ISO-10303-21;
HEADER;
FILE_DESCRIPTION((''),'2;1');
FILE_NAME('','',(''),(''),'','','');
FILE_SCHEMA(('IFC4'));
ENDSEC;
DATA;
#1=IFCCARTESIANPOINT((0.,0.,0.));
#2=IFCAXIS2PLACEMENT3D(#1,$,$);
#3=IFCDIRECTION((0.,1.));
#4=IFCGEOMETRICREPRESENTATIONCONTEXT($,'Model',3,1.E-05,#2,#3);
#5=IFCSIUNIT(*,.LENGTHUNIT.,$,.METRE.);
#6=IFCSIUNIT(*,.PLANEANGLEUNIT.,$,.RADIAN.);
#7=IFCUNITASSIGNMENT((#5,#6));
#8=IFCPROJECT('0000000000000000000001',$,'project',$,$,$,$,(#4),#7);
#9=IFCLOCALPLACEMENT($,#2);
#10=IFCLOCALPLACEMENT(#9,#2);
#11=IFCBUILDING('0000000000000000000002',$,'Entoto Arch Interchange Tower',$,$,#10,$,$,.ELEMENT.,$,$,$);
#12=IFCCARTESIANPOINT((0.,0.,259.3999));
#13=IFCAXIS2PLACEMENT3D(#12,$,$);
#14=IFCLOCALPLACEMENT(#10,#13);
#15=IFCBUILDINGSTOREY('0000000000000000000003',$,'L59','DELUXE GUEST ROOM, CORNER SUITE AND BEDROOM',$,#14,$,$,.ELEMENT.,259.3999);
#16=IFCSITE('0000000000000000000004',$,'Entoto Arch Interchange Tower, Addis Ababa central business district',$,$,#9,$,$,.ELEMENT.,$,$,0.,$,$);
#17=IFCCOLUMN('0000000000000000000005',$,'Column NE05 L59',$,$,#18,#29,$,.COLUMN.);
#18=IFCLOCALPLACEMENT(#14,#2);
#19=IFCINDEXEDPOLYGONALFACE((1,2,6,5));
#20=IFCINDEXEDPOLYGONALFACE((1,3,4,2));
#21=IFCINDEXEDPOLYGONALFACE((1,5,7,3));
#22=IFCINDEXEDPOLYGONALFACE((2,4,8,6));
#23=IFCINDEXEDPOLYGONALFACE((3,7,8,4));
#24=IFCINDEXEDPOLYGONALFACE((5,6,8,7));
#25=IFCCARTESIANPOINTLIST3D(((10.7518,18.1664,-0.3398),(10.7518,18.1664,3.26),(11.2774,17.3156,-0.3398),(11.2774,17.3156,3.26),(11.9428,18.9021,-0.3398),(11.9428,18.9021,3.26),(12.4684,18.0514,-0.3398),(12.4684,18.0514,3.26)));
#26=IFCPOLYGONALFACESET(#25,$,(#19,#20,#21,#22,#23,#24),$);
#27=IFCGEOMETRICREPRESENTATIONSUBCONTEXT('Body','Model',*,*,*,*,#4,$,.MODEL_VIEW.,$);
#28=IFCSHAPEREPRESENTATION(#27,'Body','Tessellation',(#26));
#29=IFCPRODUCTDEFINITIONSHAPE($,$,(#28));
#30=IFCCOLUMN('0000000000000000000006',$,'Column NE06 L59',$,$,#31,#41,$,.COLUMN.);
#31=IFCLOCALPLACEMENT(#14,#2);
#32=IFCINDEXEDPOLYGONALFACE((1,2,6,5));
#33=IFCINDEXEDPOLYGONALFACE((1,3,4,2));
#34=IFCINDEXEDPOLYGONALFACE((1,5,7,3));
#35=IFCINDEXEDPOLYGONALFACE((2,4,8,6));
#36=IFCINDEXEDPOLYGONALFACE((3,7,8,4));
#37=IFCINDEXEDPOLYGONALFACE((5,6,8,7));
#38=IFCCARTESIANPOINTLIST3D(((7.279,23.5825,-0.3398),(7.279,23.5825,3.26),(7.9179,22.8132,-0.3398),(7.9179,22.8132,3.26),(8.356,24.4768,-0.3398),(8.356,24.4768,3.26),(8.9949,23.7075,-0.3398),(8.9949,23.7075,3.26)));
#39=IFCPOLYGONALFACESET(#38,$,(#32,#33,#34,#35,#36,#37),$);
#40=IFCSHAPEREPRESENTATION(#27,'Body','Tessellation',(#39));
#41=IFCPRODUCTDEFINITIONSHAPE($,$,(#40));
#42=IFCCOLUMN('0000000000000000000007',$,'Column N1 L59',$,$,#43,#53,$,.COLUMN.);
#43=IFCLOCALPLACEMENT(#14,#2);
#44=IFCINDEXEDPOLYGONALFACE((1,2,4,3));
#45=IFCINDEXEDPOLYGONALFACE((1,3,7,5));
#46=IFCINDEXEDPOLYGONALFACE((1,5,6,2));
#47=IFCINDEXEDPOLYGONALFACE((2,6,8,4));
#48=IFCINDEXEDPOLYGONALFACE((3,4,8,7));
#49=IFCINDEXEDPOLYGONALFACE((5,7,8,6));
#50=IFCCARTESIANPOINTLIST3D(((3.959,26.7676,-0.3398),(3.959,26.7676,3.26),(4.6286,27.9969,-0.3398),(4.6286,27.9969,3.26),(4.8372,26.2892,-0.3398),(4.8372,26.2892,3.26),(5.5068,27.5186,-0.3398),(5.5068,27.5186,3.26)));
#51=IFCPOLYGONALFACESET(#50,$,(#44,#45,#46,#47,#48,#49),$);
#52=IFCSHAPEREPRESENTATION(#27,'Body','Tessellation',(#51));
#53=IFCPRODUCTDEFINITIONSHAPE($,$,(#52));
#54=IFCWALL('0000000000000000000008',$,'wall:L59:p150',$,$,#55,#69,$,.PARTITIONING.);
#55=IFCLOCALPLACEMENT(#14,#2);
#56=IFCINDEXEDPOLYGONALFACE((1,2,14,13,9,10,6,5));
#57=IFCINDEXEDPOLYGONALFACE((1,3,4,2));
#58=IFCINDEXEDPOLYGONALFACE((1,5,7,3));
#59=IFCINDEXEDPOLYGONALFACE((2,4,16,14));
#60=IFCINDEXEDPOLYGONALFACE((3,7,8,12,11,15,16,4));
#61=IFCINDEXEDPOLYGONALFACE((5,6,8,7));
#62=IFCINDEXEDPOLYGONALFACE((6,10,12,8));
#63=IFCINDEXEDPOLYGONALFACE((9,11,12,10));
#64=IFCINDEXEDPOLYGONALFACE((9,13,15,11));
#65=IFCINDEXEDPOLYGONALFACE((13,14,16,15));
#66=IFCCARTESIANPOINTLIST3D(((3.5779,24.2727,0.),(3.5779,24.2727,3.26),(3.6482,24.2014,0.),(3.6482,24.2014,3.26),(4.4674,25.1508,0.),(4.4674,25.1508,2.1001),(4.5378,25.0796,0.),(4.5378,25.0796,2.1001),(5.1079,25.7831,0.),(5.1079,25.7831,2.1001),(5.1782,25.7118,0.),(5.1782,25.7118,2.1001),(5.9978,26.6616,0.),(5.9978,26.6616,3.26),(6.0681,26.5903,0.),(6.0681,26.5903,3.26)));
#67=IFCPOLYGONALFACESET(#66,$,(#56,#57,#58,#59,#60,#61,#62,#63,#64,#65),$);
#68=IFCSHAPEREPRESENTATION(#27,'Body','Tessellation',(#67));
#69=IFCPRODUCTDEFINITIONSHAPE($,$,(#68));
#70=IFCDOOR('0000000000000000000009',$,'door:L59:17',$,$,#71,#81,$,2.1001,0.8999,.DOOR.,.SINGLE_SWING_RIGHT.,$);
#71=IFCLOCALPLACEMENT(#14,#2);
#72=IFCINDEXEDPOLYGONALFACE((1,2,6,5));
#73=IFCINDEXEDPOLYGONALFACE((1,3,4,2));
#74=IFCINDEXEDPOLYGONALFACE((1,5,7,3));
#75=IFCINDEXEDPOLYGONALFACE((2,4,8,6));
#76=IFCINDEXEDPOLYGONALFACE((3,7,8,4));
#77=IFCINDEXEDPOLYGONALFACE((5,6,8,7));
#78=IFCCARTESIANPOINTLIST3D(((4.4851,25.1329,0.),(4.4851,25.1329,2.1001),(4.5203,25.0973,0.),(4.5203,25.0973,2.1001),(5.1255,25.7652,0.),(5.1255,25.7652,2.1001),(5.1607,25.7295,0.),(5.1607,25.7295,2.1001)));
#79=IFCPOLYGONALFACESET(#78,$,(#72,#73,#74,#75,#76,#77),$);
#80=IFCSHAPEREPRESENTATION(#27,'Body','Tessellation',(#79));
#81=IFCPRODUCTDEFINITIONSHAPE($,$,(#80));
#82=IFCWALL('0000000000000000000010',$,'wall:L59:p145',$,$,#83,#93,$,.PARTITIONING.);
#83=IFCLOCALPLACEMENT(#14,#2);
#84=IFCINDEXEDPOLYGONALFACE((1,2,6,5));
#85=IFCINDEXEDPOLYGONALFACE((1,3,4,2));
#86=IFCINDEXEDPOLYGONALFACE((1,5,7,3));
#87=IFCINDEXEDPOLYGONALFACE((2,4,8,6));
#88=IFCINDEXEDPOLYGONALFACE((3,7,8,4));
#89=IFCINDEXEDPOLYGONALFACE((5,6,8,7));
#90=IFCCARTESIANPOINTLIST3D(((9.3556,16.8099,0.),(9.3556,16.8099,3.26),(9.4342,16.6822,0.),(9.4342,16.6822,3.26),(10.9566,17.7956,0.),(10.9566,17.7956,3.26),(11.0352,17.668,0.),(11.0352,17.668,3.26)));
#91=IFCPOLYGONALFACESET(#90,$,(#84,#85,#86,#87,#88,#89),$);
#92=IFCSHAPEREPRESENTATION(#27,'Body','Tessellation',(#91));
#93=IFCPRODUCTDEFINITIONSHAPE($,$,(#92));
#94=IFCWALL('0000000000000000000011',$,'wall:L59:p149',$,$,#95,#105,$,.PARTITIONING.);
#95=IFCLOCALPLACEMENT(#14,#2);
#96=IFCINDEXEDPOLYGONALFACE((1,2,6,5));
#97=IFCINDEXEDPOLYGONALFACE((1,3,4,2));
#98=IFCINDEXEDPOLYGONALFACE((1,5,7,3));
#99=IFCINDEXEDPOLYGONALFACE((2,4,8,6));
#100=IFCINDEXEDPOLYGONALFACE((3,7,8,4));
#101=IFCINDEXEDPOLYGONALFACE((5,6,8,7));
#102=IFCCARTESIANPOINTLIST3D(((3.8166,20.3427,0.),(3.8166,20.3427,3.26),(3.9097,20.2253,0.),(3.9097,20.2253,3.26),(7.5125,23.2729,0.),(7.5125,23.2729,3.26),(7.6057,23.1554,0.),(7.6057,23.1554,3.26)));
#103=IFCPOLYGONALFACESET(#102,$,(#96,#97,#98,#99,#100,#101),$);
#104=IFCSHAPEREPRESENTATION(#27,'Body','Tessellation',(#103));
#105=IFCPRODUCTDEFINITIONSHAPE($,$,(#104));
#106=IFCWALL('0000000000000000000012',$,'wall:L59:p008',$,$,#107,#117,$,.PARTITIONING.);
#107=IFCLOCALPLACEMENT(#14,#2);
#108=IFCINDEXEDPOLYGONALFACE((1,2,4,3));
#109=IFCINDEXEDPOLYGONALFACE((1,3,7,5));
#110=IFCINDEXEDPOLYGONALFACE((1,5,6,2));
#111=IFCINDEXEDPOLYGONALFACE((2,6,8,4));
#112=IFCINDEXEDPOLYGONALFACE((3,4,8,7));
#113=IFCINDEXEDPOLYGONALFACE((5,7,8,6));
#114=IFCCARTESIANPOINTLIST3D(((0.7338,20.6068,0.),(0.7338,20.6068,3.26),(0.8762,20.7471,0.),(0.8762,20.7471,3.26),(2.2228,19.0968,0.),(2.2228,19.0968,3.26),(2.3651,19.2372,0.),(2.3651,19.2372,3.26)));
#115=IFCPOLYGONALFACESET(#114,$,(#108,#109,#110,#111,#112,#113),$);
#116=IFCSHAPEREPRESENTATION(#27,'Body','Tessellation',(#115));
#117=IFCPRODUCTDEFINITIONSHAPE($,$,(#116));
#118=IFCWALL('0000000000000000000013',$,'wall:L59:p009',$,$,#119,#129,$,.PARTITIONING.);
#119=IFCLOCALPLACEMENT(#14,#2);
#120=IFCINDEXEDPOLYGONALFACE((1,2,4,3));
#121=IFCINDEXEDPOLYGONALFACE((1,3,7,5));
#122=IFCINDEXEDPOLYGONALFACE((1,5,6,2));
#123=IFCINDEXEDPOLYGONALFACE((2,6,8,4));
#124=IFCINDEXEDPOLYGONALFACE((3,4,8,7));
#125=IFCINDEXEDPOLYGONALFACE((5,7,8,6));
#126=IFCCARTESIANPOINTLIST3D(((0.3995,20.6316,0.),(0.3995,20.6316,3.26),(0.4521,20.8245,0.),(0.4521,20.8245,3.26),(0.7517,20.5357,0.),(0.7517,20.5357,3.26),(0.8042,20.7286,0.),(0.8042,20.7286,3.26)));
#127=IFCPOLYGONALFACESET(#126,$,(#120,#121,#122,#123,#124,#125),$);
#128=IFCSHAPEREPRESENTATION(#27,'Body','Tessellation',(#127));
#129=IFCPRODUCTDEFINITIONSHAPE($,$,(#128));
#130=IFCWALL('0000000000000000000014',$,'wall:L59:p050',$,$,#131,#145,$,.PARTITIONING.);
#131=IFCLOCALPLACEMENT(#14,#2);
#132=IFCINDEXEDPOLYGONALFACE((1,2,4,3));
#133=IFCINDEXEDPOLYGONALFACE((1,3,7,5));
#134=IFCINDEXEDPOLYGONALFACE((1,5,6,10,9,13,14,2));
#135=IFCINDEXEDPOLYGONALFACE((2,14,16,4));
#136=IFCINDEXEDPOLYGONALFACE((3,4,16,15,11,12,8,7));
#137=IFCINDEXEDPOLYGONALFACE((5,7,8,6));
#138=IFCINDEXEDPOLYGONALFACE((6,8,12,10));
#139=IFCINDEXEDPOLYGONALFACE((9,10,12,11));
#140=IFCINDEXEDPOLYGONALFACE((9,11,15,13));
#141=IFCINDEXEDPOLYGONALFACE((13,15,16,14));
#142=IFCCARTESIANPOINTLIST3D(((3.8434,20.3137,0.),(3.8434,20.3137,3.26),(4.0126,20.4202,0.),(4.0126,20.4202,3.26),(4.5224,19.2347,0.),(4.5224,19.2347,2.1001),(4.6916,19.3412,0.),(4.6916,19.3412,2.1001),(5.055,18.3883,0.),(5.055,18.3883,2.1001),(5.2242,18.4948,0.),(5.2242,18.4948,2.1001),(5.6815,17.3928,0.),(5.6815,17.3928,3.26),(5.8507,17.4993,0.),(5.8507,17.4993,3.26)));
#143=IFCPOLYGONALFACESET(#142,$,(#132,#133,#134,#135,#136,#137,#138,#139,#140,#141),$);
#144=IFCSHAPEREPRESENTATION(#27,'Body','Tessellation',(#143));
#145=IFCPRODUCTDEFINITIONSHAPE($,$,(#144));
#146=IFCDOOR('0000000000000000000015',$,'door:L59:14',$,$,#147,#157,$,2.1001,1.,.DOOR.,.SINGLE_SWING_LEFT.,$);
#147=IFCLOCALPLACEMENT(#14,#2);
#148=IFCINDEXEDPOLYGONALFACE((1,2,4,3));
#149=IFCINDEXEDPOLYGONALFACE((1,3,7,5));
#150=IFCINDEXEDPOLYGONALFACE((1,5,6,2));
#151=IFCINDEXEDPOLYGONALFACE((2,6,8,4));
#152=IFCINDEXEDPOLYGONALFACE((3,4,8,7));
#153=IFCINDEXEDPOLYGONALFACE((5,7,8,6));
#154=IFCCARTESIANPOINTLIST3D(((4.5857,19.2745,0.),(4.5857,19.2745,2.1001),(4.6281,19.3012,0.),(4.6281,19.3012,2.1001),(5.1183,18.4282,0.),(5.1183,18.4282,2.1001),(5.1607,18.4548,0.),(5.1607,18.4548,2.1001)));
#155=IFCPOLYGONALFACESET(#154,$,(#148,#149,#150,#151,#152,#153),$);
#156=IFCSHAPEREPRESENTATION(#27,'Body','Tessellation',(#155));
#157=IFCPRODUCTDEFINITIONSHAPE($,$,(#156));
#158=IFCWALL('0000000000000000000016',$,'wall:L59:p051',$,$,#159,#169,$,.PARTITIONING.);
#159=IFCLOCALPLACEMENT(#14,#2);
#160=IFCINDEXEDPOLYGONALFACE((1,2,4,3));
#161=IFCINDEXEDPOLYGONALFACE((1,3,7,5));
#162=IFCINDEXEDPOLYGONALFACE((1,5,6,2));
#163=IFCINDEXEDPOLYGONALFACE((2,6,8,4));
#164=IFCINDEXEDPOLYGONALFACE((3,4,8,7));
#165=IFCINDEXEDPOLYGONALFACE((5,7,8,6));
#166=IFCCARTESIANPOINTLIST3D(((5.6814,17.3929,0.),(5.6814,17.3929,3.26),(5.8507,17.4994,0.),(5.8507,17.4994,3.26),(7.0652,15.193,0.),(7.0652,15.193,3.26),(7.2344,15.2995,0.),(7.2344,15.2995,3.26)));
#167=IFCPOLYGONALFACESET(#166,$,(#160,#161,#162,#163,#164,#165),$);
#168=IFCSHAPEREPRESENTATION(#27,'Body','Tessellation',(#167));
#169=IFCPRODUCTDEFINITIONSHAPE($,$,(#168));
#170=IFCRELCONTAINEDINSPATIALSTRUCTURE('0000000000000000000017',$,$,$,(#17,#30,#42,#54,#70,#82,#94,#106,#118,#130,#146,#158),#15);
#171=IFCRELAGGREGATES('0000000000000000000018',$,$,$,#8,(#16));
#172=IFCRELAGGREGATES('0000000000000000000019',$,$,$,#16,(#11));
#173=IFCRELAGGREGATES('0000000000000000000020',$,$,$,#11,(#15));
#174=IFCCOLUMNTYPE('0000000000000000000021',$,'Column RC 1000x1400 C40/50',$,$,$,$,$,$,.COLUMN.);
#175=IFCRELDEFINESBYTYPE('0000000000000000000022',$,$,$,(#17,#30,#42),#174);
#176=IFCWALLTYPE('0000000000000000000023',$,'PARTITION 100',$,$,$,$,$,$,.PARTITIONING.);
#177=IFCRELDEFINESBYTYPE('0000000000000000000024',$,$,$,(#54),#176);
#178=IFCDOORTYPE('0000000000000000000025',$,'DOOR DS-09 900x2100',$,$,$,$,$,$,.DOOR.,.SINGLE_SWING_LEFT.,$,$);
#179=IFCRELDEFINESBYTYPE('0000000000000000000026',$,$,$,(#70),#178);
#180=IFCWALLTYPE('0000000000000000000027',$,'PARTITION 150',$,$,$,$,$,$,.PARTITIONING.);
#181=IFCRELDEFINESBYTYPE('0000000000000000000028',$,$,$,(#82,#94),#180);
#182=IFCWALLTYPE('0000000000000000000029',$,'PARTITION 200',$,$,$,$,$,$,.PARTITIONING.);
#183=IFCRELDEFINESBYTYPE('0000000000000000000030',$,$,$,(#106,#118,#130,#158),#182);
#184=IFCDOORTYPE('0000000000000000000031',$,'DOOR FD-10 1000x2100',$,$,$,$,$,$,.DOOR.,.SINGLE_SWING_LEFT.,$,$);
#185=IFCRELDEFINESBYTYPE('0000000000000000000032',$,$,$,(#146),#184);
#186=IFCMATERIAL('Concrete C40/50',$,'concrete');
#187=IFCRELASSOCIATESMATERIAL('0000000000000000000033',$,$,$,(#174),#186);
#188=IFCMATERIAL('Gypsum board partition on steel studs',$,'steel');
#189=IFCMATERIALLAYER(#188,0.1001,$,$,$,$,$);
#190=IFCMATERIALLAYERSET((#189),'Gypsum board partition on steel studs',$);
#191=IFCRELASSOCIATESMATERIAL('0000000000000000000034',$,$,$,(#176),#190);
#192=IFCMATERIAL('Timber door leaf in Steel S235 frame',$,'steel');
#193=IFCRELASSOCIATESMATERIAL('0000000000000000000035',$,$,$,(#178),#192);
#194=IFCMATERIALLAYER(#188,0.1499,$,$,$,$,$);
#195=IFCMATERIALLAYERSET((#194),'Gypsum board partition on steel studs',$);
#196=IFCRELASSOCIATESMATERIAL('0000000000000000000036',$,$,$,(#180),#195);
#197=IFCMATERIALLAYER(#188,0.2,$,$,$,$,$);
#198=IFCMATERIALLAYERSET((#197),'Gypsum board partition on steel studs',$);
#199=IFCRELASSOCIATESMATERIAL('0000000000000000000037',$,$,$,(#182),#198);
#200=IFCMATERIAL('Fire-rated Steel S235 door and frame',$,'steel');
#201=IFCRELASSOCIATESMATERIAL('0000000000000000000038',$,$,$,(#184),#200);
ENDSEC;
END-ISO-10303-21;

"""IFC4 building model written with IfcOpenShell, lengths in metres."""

from ifc_helpers import new_model, si_unit, direction, frame, frame_2d, origin, origin_2d, place, context, subcontext, project, spatial, rectangle, extrude, material, layer, layer_set, material_profile, profile_set, type_object, element, fill, save


model = new_model("IFC4")

# Units and contexts
model_context = context("Model", 3, precision=1e-05, world=origin(), true_north=direction((0.0, 1.0)))
body_context = subcontext(model_context, "Body", "Model", "MODEL_VIEW")
ifc_project = project(units=[si_unit("LENGTHUNIT", "METRE"), si_unit("PLANEANGLEUNIT", "RADIAN")], contexts=[model_context])

# Site, building, storey
site_placement = place(None, origin())
site = spatial("IfcSite", under=ifc_project, at=site_placement, Name="Entoto Arch Interchange Tower, Addis Ababa central business district", CompositionType="ELEMENT", RefElevation=0.0)
building_placement = place(site_placement, origin())
building = spatial("IfcBuilding", under=site, at=building_placement, Name="Entoto Arch Interchange Tower", CompositionType="ELEMENT")
storey_placement = place(building_placement, frame((0.0, 0.0, 259.3999)))
storey = spatial("IfcBuildingStorey", under=building, at=storey_placement, Name="L59", Description="DELUXE GUEST ROOM, CORNER SUITE AND BEDROOM", CompositionType="ELEMENT", Elevation=259.3999)

# Columns
ifc_material_1 = material(Name="Concrete C40/50", Category="concrete")
ifc_material_profile = material_profile(ifc_material_1, rectangle(XDim=1.0, YDim=1.3999, at=origin_2d()))
ifc_profile_set = profile_set([ifc_material_profile], Name="Concrete C40/50")
column_type = type_object("IfcColumnType", Name="Column RC 1000x1400 C40/50", PredefinedType="COLUMN", material=ifc_profile_set)
for number, where, z_axis, x_axis, name in (
    (1, (11.6101, 18.1089, -0.3398), (0.0, 0.0, 1.0), (-0.525576, 0.850747, 0.0), "Column NE05 L59"),
    (2, (8.137, 23.645, -0.3398), (0.0, 0.0, 1.0), (-0.638835, 0.769344, 0.0), "Column NE06 L59"),
    (3, (4.7329, 27.1431, -0.3398), (0.0, 0.0, 1.0), (-0.878175, 0.478339, 0.0), "Column N1 L59"),
):
    element("IfcColumn", number, at=place(storey_placement, frame(where, z_axis=z_axis, x_axis=x_axis)), inside=storey, type_object=column_type, Name=name, PredefinedType="COLUMN", context=body_context, shape_type="SweptSolid", body=[
        extrude(rectangle(XDim=1.0, YDim=1.3999, at=origin_2d()), origin(), (0.0, 0.0, 1.0), 3.5999),
    ])

# Wall, opening, door
ifc_material_2 = material(Name="Gypsum board partition on steel studs", Category="steel")
ifc_layer_1 = layer(ifc_material_2, 0.1001)
ifc_layer_set_1 = layer_set([ifc_layer_1], Name="Gypsum board partition on steel studs")
wall_type_1 = type_object("IfcWallType", Name="PARTITION 100", PredefinedType="PARTITIONING", material=ifc_layer_set_1)
wall_1_placement = place(storey_placement, frame((3.613, 24.2371, 0.0), z_axis=(0.0, 0.0, 1.0), x_axis=(0.711651, 0.702533, 0.0)))
wall_1 = element("IfcWall", 4, at=wall_1_placement, inside=storey, type_object=wall_type_1, Name="wall:L59:p150", PredefinedType="PARTITIONING", context=body_context, shape_type="SweptSolid", body=[
    extrude(rectangle(XDim=3.4004, YDim=0.1001, at=frame_2d((1.7002, 0.0))), origin(), (0.0, 0.0, 1.0), 3.26),
])
opening_1_placement = place(wall_1_placement, frame((1.25, 0.0, 0.0)))
opening_1 = element("IfcOpeningElement", 5, at=opening_1_placement, cuts=wall_1, PredefinedType="OPENING", context=body_context, shape_type="SweptSolid", body=[
    extrude(rectangle(XDim=0.8999, YDim=2.1001, at=frame_2d((0.45, 1.05))), frame((0.0, 0.0601, 0.0), z_axis=(0.0, -1.0, 0.0), x_axis=(1.0, 0.0, 0.0)), (0.0, 0.0, 1.0), 0.1201),
])
ifc_material_3 = material(Name="Timber door leaf in Steel S235 frame", Category="steel")
door_type_1 = type_object("IfcDoorType", Name="DOOR DS-09 900x2100", OperationType="SINGLE_SWING_LEFT", PredefinedType="DOOR", material=ifc_material_3)
door_1_placement = place(opening_1_placement, origin())
door_1 = element("IfcDoor", 6, at=door_1_placement, inside=storey, type_object=door_type_1, Name="door:L59:17", OperationType="SINGLE_SWING_RIGHT", OverallHeight=2.1001, OverallWidth=0.8999, PredefinedType="DOOR", context=body_context, shape_type="SweptSolid", body=[
    extrude(rectangle(XDim=0.8999, YDim=2.1001, at=frame_2d((0.45, 1.05))), frame((0.0, 0.0249, 0.0), z_axis=(0.0, -1.0, 0.0), x_axis=(1.0, 0.0, 0.0)), (0.0, 0.0, 1.0), 0.05),
])
fill(opening_1, door_1)

# Walls
ifc_layer_2 = layer(ifc_material_2, 0.1499)
ifc_layer_set_2 = layer_set([ifc_layer_2], Name="Gypsum board partition on steel studs")
wall_type_2 = type_object("IfcWallType", Name="PARTITION 150", PredefinedType="PARTITIONING", material=ifc_layer_set_2)
wall_2_placement = place(storey_placement, frame((9.395, 16.7461, 0.0), z_axis=(0.0, 0.0, 1.0), x_axis=(0.851525, 0.524315, 0.0)))
element("IfcWall", 7, at=wall_2_placement, inside=storey, type_object=wall_type_2, Name="wall:L59:p145", PredefinedType="PARTITIONING", context=body_context, shape_type="SweptSolid", body=[
    extrude(rectangle(XDim=1.8801, YDim=0.1499, at=frame_2d((0.9399, 0.0))), origin(), (0.0, 0.0, 1.0), 3.26),
])
wall_3_placement = place(storey_placement, frame((3.863, 20.2839, 0.0), z_axis=(0.0, 0.0, 1.0), x_axis=(0.783618, 0.621242, 0.0)))
element("IfcWall", 8, at=wall_3_placement, inside=storey, type_object=wall_type_2, Name="wall:L59:p149", PredefinedType="PARTITIONING", context=body_context, shape_type="SweptSolid", body=[
    extrude(rectangle(XDim=4.7166, YDim=0.1499, at=frame_2d((2.3584, 0.0))), origin(), (0.0, 0.0, 1.0), 3.26),
])
ifc_layer_3 = layer(ifc_material_2, 0.2)
ifc_layer_set_3 = layer_set([ifc_layer_3], Name="Gypsum board partition on steel studs")
wall_type_3 = type_object("IfcWallType", Name="PARTITION 200", PredefinedType="PARTITIONING", material=ifc_layer_set_3)
wall_4_placement = place(storey_placement, frame((2.2939, 19.167, 0.0), z_axis=(0.0, 0.0, 1.0), x_axis=(-0.702139, 0.71204, 0.0)))
element("IfcWall", 9, at=wall_4_placement, inside=storey, type_object=wall_type_3, Name="wall:L59:p008", PredefinedType="PARTITIONING", context=body_context, shape_type="SweptSolid", body=[
    extrude(rectangle(XDim=2.1206, YDim=0.2, at=frame_2d((1.0603, 0.0))), origin(), (0.0, 0.0, 1.0), 3.26),
])
wall_5_placement = place(storey_placement, frame((0.7781, 20.6321, 0.0), z_axis=(0.0, 0.0, 1.0), x_axis=(-0.96481, 0.262948, 0.0)))
element("IfcWall", 10, at=wall_5_placement, inside=storey, type_object=wall_type_3, Name="wall:L59:p009", PredefinedType="PARTITIONING", context=body_context, shape_type="SweptSolid", body=[
    extrude(rectangle(XDim=0.365, YDim=0.2, at=frame_2d((0.1826, 0.0))), origin(), (0.0, 0.0, 1.0), 3.26),
])

# Wall, opening, door
wall_6_placement = place(storey_placement, frame((3.928, 20.3669, 0.0), z_axis=(0.0, 0.0, 1.0), x_axis=(0.532616, -0.846357, 0.0)))
wall_6 = element("IfcWall", 11, at=wall_6_placement, inside=storey, type_object=wall_type_3, Name="wall:L59:p050", PredefinedType="PARTITIONING", context=body_context, shape_type="SweptSolid", body=[
    extrude(rectangle(XDim=3.4512, YDim=0.2, at=frame_2d((1.7256, 0.0))), origin(), (0.0, 0.0, 1.0), 3.26),
])
opening_2_placement = place(wall_6_placement, frame((1.2749, 0.0, 0.0)))
opening_2 = element("IfcOpeningElement", 12, at=opening_2_placement, cuts=wall_6, PredefinedType="OPENING", context=body_context, shape_type="SweptSolid", body=[
    extrude(rectangle(XDim=1.0, YDim=2.1001, at=frame_2d((0.5, 1.05))), frame((0.0, 0.1099, 0.0), z_axis=(0.0, -1.0, 0.0), x_axis=(1.0, 0.0, 0.0)), (0.0, 0.0, 1.0), 0.22),
])
ifc_material_4 = material(Name="Fire-rated Steel S235 door and frame", Category="steel")
door_type_2 = type_object("IfcDoorType", Name="DOOR FD-10 1000x2100", OperationType="SINGLE_SWING_LEFT", PredefinedType="DOOR", material=ifc_material_4)
door_2_placement = place(opening_2_placement, origin())
door_2 = element("IfcDoor", 13, at=door_2_placement, inside=storey, type_object=door_type_2, Name="door:L59:14", OperationType="SINGLE_SWING_LEFT", OverallHeight=2.1001, OverallWidth=1.0, PredefinedType="DOOR", context=body_context, shape_type="SweptSolid", body=[
    extrude(rectangle(XDim=1.0, YDim=2.1001, at=frame_2d((0.5, 1.05))), frame((0.0, 0.0249, 0.0), z_axis=(0.0, -1.0, 0.0), x_axis=(1.0, 0.0, 0.0)), (0.0, 0.0, 1.0), 0.05),
])
fill(opening_2, door_2)

# Wall
wall_7_placement = place(storey_placement, frame((5.7661, 17.446, 0.0), z_axis=(0.0, 0.0, 1.0), x_axis=(0.532437, -0.84647, 0.0)))
element("IfcWall", 14, at=wall_7_placement, inside=storey, type_object=wall_type_3, Name="wall:L59:p051", PredefinedType="PARTITIONING", context=body_context, shape_type="SweptSolid", body=[
    extrude(rectangle(XDim=2.5989, YDim=0.2, at=frame_2d((1.2993, 0.0))), origin(), (0.0, 0.0, 1.0), 3.26),
])

save(model, "model.ifc")
